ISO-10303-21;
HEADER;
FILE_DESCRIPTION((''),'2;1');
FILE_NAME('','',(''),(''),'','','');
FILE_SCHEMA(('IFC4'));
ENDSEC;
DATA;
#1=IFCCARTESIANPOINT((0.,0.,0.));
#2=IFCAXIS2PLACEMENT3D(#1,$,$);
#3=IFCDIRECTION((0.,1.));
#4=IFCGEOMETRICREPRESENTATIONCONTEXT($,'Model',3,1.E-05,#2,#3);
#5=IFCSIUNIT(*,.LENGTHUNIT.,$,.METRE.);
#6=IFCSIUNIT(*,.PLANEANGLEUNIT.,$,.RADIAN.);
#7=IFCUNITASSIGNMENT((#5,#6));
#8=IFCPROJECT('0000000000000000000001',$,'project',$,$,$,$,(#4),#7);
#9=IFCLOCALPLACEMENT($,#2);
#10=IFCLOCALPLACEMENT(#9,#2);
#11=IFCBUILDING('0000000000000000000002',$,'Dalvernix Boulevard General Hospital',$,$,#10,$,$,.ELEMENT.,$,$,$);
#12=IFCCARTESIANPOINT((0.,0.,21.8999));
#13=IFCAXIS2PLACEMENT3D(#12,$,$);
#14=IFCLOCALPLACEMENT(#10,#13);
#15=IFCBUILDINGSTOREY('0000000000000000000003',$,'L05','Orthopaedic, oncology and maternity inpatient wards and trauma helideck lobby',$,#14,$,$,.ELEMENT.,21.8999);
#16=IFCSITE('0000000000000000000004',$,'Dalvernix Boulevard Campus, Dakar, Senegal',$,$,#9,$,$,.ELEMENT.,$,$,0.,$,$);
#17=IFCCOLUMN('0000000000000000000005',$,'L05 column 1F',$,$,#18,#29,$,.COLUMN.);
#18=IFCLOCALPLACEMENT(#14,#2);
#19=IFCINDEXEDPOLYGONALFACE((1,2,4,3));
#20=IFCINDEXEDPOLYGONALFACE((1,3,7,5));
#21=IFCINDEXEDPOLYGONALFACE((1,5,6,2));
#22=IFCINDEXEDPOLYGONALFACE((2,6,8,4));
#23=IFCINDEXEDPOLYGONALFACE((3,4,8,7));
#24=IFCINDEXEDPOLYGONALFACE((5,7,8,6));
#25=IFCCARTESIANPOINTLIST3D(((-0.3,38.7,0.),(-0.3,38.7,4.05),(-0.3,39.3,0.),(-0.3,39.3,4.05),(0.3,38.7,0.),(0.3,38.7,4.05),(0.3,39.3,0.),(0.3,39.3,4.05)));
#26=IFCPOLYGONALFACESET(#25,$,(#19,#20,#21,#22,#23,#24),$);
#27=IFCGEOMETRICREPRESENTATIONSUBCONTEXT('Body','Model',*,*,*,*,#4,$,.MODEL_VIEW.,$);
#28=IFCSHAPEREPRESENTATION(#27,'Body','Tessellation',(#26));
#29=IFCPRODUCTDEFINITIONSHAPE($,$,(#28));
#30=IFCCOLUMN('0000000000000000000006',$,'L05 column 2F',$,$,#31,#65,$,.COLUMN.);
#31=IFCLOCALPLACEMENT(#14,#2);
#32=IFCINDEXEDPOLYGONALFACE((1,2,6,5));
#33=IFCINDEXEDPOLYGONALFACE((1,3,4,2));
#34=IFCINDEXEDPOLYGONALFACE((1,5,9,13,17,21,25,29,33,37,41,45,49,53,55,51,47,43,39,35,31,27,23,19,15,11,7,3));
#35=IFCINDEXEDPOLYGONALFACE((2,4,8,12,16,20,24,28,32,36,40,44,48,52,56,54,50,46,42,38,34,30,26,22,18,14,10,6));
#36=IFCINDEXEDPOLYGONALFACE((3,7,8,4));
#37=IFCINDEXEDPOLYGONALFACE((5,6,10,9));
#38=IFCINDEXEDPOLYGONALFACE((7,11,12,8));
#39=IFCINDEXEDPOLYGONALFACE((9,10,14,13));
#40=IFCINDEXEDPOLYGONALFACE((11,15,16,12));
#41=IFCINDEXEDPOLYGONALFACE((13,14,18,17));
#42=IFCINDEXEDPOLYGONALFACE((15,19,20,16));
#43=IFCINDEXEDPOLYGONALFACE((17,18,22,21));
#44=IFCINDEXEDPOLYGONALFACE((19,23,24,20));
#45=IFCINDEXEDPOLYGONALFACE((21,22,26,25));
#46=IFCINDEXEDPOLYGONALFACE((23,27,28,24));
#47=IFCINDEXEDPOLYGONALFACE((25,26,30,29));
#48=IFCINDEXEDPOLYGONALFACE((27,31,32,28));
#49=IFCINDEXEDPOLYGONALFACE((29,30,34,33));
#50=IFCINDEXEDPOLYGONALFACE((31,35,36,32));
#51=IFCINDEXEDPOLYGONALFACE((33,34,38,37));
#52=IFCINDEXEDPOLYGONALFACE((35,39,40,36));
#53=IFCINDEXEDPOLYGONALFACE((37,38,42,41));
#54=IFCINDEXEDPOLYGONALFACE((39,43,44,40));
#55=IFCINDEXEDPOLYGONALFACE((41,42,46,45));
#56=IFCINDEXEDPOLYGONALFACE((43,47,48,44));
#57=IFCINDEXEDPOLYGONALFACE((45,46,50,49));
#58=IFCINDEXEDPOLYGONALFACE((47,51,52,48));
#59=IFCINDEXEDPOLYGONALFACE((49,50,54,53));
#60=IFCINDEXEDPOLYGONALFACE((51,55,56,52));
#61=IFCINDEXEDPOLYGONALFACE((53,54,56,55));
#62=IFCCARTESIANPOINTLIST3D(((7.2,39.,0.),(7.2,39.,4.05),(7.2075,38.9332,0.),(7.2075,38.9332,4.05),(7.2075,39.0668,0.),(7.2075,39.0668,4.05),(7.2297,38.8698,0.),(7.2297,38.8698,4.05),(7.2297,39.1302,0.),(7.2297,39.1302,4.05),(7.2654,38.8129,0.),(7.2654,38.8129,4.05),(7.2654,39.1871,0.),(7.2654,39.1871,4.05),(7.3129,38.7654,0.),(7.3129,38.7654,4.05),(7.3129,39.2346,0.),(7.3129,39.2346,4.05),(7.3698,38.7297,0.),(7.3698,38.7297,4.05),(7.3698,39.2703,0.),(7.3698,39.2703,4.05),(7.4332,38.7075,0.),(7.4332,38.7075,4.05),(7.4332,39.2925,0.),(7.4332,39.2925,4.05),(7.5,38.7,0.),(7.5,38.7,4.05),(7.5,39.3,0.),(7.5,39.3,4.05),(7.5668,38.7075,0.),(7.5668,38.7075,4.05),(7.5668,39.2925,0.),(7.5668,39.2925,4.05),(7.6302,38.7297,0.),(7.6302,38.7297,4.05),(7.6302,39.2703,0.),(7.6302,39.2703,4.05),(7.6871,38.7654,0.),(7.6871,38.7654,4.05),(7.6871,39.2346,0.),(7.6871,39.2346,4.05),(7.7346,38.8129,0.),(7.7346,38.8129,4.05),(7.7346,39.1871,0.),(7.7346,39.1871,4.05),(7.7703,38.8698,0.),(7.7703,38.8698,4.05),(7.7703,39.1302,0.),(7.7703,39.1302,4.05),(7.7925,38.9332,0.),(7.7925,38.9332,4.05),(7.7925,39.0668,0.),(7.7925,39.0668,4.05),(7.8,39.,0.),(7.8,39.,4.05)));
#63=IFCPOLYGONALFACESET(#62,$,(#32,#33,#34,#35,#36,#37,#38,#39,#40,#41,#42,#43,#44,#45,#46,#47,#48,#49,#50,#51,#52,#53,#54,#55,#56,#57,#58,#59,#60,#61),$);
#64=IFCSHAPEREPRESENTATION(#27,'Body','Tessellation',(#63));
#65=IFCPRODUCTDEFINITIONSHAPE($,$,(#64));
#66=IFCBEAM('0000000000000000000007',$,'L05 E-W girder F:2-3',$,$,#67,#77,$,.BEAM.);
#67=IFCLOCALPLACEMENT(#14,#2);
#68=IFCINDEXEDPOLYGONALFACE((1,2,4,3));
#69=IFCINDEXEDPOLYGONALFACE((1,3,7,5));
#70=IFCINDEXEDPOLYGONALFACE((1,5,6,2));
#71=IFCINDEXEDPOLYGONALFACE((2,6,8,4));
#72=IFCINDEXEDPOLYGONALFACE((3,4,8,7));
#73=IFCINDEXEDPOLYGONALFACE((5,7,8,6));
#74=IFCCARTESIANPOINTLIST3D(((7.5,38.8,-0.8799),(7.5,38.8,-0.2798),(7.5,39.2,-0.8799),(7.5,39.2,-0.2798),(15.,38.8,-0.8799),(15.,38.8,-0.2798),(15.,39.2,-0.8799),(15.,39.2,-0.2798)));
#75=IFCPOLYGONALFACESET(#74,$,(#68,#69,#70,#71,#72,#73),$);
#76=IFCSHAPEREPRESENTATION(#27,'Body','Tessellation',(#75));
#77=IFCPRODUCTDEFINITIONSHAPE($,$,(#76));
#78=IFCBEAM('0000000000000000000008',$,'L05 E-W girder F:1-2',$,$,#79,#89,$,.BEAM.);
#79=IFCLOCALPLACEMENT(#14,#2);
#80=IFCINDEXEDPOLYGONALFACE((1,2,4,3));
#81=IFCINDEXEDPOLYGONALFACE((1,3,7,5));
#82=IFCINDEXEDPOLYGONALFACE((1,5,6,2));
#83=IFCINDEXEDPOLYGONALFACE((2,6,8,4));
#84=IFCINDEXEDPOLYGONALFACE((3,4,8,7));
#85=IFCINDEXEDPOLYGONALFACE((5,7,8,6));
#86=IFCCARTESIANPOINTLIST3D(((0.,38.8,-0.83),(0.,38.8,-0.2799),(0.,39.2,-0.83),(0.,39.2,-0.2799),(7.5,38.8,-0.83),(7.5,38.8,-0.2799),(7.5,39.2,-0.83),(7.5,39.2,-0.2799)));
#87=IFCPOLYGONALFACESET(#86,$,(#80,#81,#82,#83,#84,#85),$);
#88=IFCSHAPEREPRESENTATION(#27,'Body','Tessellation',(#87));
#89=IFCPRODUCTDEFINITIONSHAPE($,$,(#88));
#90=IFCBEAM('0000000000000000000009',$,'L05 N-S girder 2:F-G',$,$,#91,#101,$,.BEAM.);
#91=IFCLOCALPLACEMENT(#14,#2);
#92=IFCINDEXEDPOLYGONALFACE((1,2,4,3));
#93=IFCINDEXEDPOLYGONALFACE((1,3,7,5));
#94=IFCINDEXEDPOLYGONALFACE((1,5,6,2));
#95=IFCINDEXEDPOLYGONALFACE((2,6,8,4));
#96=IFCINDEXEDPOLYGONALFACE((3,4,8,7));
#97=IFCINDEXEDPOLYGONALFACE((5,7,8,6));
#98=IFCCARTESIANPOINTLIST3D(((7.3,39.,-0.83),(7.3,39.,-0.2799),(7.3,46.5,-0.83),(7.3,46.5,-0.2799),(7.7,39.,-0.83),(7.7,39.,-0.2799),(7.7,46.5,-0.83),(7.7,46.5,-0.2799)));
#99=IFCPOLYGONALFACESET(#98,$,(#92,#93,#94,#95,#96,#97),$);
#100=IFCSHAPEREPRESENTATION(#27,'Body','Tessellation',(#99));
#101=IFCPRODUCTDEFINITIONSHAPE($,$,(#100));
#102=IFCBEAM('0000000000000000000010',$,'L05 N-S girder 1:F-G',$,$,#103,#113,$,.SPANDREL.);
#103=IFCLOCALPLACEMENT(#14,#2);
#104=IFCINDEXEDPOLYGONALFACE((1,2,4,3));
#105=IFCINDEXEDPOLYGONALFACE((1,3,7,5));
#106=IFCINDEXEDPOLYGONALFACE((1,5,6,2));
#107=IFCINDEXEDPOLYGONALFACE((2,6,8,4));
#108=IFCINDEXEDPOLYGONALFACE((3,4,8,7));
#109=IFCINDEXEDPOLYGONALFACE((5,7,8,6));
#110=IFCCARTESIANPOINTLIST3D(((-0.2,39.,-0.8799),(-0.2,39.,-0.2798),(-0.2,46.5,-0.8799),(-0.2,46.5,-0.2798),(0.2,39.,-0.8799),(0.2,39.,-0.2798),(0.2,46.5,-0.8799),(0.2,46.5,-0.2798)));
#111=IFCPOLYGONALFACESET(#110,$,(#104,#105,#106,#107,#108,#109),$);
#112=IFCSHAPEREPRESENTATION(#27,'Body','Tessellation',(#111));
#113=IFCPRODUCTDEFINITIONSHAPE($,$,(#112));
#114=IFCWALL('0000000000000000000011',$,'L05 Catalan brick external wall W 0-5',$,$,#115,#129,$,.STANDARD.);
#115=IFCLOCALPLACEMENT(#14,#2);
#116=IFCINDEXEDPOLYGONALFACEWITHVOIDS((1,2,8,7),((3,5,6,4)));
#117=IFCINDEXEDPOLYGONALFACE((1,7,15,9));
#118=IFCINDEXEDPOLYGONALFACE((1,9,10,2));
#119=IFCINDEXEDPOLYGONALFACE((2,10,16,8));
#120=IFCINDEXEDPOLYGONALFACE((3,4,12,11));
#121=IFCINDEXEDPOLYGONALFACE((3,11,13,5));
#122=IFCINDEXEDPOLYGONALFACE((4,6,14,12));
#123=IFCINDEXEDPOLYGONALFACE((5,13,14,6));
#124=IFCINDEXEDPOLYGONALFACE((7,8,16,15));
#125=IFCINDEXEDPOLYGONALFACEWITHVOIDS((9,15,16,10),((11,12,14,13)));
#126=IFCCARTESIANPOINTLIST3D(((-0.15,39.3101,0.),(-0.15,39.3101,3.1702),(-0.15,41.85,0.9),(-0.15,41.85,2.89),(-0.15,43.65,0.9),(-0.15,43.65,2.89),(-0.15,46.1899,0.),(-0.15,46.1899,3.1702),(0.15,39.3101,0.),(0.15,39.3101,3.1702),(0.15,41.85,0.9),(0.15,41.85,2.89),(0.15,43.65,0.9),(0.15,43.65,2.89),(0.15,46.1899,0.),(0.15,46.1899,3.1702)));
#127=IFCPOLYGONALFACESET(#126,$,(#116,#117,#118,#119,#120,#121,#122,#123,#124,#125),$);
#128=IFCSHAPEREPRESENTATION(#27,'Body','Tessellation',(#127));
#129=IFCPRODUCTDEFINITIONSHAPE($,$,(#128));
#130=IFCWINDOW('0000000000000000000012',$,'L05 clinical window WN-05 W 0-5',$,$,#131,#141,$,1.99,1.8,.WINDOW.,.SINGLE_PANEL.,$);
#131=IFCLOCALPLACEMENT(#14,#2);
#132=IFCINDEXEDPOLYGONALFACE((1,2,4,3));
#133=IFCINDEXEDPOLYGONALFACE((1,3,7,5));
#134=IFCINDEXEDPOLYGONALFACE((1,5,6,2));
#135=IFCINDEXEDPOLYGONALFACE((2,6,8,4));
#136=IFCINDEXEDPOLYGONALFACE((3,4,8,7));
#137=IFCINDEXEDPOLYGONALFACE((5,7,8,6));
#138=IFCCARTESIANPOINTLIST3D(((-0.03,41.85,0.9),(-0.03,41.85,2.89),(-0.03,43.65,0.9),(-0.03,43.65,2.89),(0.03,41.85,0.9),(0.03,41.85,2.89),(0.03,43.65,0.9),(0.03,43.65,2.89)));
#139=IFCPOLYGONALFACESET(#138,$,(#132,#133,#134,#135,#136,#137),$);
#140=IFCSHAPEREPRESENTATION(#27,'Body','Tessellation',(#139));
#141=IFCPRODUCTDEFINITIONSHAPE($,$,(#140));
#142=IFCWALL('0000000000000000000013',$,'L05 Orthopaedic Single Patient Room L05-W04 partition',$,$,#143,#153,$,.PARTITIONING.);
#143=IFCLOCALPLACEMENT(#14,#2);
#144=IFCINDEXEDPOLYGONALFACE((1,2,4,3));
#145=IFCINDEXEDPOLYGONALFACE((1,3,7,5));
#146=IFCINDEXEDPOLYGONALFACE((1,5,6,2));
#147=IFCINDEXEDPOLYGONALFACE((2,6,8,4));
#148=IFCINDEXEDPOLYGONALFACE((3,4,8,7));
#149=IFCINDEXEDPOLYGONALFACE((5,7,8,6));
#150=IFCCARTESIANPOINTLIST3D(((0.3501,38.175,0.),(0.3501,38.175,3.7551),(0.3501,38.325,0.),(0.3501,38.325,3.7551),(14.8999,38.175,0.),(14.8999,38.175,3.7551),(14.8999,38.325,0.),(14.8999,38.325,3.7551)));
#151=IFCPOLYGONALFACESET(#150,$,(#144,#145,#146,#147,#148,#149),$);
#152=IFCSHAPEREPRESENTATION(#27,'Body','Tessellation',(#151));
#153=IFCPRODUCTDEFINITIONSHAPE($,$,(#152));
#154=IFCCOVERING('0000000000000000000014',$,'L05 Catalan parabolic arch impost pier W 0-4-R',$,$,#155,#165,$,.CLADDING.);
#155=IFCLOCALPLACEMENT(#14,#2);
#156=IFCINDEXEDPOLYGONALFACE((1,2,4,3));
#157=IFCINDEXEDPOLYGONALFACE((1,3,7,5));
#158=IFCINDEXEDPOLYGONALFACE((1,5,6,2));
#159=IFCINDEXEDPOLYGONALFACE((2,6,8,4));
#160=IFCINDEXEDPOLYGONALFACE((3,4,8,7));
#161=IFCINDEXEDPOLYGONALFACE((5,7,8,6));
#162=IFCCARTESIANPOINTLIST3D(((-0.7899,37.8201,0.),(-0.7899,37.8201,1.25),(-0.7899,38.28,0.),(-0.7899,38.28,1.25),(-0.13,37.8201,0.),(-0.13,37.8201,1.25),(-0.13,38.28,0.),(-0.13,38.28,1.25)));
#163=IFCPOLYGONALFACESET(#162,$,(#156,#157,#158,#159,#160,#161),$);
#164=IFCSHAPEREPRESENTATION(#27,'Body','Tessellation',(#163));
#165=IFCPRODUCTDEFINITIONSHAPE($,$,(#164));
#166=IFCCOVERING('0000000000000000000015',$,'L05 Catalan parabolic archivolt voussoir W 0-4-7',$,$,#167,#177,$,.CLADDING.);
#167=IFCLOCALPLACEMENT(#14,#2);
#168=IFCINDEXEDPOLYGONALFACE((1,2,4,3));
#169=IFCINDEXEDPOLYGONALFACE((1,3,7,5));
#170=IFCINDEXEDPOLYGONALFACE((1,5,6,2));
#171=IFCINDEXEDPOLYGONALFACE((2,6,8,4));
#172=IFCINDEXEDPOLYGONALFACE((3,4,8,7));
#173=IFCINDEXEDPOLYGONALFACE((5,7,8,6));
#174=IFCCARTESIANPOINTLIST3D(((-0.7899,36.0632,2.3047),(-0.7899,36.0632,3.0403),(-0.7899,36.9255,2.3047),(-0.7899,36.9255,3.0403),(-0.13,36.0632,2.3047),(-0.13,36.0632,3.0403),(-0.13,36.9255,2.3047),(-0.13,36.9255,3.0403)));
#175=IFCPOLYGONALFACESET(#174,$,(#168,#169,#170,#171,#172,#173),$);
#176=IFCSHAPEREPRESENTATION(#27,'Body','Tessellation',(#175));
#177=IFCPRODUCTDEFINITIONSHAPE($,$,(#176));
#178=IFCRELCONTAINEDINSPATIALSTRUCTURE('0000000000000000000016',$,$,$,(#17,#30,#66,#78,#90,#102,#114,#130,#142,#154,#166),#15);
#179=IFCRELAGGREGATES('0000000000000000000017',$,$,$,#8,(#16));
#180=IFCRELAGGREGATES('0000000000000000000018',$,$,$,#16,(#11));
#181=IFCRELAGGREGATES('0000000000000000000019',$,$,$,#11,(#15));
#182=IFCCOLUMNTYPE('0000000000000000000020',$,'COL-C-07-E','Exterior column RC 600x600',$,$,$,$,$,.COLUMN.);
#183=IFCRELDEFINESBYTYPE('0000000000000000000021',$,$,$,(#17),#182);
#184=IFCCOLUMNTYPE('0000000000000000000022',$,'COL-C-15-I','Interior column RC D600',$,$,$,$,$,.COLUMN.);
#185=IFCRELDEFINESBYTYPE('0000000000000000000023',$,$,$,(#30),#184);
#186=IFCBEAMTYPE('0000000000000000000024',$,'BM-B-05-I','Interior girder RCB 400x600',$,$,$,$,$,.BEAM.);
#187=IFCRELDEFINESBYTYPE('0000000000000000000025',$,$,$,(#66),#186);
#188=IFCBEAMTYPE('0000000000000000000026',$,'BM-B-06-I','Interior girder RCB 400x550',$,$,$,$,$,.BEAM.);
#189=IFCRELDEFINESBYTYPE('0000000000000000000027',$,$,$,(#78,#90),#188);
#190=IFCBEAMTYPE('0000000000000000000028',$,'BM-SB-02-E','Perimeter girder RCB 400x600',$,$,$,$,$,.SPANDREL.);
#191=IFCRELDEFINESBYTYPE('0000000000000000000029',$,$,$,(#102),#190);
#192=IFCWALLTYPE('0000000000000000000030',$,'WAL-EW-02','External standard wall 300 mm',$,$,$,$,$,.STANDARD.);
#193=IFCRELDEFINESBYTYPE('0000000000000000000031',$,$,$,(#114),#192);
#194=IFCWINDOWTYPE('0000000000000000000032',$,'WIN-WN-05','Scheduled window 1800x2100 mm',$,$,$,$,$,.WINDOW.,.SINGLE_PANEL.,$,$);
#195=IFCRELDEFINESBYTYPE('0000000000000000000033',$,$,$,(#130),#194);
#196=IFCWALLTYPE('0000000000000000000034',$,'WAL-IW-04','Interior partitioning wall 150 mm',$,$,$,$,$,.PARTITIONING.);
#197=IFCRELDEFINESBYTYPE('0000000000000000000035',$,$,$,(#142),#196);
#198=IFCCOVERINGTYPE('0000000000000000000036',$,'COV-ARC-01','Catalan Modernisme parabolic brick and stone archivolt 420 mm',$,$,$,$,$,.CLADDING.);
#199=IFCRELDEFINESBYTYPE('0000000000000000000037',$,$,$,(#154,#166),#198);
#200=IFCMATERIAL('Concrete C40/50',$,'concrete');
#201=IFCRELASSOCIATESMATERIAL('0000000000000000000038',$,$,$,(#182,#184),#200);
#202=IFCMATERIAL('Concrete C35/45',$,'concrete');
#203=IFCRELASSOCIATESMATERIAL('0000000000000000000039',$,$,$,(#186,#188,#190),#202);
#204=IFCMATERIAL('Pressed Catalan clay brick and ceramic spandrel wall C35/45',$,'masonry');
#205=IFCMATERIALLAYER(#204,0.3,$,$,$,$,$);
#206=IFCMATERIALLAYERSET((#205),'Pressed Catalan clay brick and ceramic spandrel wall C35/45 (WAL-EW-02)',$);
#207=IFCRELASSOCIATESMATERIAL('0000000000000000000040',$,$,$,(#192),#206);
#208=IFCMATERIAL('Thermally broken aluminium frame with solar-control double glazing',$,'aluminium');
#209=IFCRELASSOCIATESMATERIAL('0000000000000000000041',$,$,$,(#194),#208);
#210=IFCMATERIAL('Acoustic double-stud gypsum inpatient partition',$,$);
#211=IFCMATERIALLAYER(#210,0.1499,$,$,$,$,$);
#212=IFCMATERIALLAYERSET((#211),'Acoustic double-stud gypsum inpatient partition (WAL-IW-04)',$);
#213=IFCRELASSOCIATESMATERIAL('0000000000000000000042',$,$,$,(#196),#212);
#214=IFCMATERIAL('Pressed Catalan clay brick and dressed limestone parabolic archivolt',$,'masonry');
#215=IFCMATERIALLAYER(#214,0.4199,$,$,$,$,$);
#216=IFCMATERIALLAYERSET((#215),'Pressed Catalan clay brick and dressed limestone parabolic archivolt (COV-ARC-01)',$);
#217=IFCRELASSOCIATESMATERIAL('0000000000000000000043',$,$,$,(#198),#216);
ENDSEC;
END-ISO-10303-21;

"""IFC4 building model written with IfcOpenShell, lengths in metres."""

from ifc_helpers import new_model, si_unit, direction, frame, frame_2d, origin, origin_2d, place, context, subcontext, project, spatial, rectangle, circle, extrude, material, layer, layer_set, material_profile, profile_set, type_object, element, fill, save


model = new_model("IFC4")

# Units and contexts
model_context = context("Model", 3, precision=1e-05, world=origin(), true_north=direction((0.0, 1.0)))
body_context = subcontext(model_context, "Body", "Model", "MODEL_VIEW")
ifc_project = project(units=[si_unit("LENGTHUNIT", "METRE"), si_unit("PLANEANGLEUNIT", "RADIAN")], contexts=[model_context])

# Site, building, storey
site_placement = place(None, origin())
site = spatial("IfcSite", under=ifc_project, at=site_placement, Name="Dalvernix Boulevard Campus, Dakar, Senegal", CompositionType="ELEMENT", RefElevation=0.0)
building_placement = place(site_placement, origin())
building = spatial("IfcBuilding", under=site, at=building_placement, Name="Dalvernix Boulevard General Hospital", CompositionType="ELEMENT")
storey_placement = place(building_placement, frame((0.0, 0.0, 21.8999)))
storey = spatial("IfcBuildingStorey", under=building, at=storey_placement, Name="L05", Description="Orthopaedic, oncology and maternity inpatient wards and trauma helideck lobby", CompositionType="ELEMENT", Elevation=21.8999)

# Columns
ifc_material_1 = material(Name="Concrete C40/50", Category="concrete")
ifc_material_profile_1 = material_profile(ifc_material_1, rectangle(XDim=0.6001, YDim=0.6001, at=origin_2d()), Name="RC 600x600")
ifc_profile_set_1 = profile_set([ifc_material_profile_1], Name="Concrete C40/50")
column_type_1 = type_object("IfcColumnType", Name="COL-C-07-E", Description="Exterior column RC 600x600", PredefinedType="COLUMN", material=ifc_profile_set_1)
column_1_placement = place(storey_placement, frame((0.0, 39.0, 0.0), z_axis=(0.0, 0.0, 1.0), x_axis=(1.0, 0.0, 0.0)))
element("IfcColumn", 1, at=column_1_placement, inside=storey, type_object=column_type_1, Name="L05 column 1F", PredefinedType="COLUMN", context=body_context, shape_type="SweptSolid", body=[
    extrude(rectangle(XDim=0.6001, YDim=0.6001, at=origin_2d()), origin(), (0.0, 0.0, 1.0), 4.05),
])
ifc_material_profile_2 = material_profile(ifc_material_1, circle(Radius=0.3, at=origin_2d()), Name="RC D600")
ifc_profile_set_2 = profile_set([ifc_material_profile_2], Name="Concrete C40/50")
column_type_2 = type_object("IfcColumnType", Name="COL-C-15-I", Description="Interior column RC D600", PredefinedType="COLUMN", material=ifc_profile_set_2)
column_2_placement = place(storey_placement, frame((7.5, 39.0, 0.0), z_axis=(0.0, 0.0, 1.0), x_axis=(1.0, 0.0, 0.0)))
element("IfcColumn", 2, at=column_2_placement, inside=storey, type_object=column_type_2, Name="L05 column 2F", PredefinedType="COLUMN", context=body_context, shape_type="SweptSolid", body=[
    extrude(circle(Radius=0.3, at=origin_2d()), origin(), (0.0, 0.0, 1.0), 4.05),
])

# Beams
ifc_material_2 = material(Name="Concrete C35/45", Category="concrete")
ifc_material_profile_3 = material_profile(ifc_material_2, rectangle(XDim=0.3999, YDim=0.6001, at=origin_2d()), Name="RCB 400x600")
ifc_profile_set_3 = profile_set([ifc_material_profile_3], Name="Concrete C35/45")
beam_type_1 = type_object("IfcBeamType", Name="BM-B-05-I", Description="Interior girder RCB 400x600", PredefinedType="BEAM", material=ifc_profile_set_3)
beam_1_placement = place(storey_placement, frame((7.5, 39.0, -0.5798), z_axis=(1.0, 0.0, 0.0), x_axis=(0.0, 1.0, 0.0)))
element("IfcBeam", 3, at=beam_1_placement, inside=storey, type_object=beam_type_1, Name="L05 E-W girder F:2-3", PredefinedType="BEAM", context=body_context, shape_type="SweptSolid", body=[
    extrude(rectangle(XDim=0.3999, YDim=0.6001, at=origin_2d()), origin(), (0.0, 0.0, 1.0), 7.5),
])
ifc_material_profile_4 = material_profile(ifc_material_2, rectangle(XDim=0.3999, YDim=0.55, at=origin_2d()), Name="RCB 400x550")
ifc_profile_set_4 = profile_set([ifc_material_profile_4], Name="Concrete C35/45")
beam_type_2 = type_object("IfcBeamType", Name="BM-B-06-I", Description="Interior girder RCB 400x550", PredefinedType="BEAM", material=ifc_profile_set_4)
for number, where, z_axis, x_axis, name in (
    (4, (0.0, 39.0, -0.5549), (1.0, 0.0, 0.0), (0.0, 1.0, 0.0), "L05 E-W girder F:1-2"),
    (5, (7.5, 39.0, -0.5549), (0.0, 1.0, 0.0), (-1.0, 0.0, 0.0), "L05 N-S girder 2:F-G"),
):
    element("IfcBeam", number, at=place(storey_placement, frame(where, z_axis=z_axis, x_axis=x_axis)), inside=storey, type_object=beam_type_2, Name=name, PredefinedType="BEAM", context=body_context, shape_type="SweptSolid", body=[
        extrude(rectangle(XDim=0.3999, YDim=0.55, at=origin_2d()), origin(), (0.0, 0.0, 1.0), 7.5),
    ])
ifc_material_profile_5 = material_profile(ifc_material_2, rectangle(XDim=0.3999, YDim=0.6001, at=origin_2d()), Name="RCB 400x600")
ifc_profile_set_5 = profile_set([ifc_material_profile_5], Name="Concrete C35/45")
beam_type_3 = type_object("IfcBeamType", Name="BM-SB-02-E", Description="Perimeter girder RCB 400x600", PredefinedType="SPANDREL", material=ifc_profile_set_5)
beam_2_placement = place(storey_placement, frame((0.0, 39.0, -0.5798), z_axis=(0.0, 1.0, 0.0), x_axis=(-1.0, 0.0, 0.0)))
element("IfcBeam", 6, at=beam_2_placement, inside=storey, type_object=beam_type_3, Name="L05 N-S girder 1:F-G", PredefinedType="SPANDREL", context=body_context, shape_type="SweptSolid", body=[
    extrude(rectangle(XDim=0.3999, YDim=0.6001, at=origin_2d()), origin(), (0.0, 0.0, 1.0), 7.5),
])

# Wall, opening, window
ifc_material_3 = material(Name="Pressed Catalan clay brick and ceramic spandrel wall C35/45", Category="masonry")
ifc_layer_1 = layer(ifc_material_3, 0.3)
ifc_layer_set_1 = layer_set([ifc_layer_1], Name="Pressed Catalan clay brick and ceramic spandrel wall C35/45 (WAL-EW-02)")
wall_type_1 = type_object("IfcWallType", Name="WAL-EW-02", Description="External standard wall 300 mm", PredefinedType="STANDARD", material=ifc_layer_set_1)
wall_1_placement = place(storey_placement, frame((0.0, 39.3101, 0.0), z_axis=(0.0, 0.0, 1.0), x_axis=(0.0, 1.0, 0.0)))
wall_1 = element("IfcWall", 7, at=wall_1_placement, inside=storey, type_object=wall_type_1, Name="L05 Catalan brick external wall W 0-5", PredefinedType="STANDARD", context=body_context, shape_type="SweptSolid", body=[
    extrude(rectangle(XDim=6.8799, YDim=0.3, at=frame_2d((3.4399, 0.0))), origin(), (0.0, 0.0, 1.0), 3.1702),
])
opening_placement = place(wall_1_placement, frame((2.54, 0.0, 0.8999)))
opening = element("IfcOpeningElement", 8, at=opening_placement, cuts=wall_1, PredefinedType="OPENING", context=body_context, shape_type="SweptSolid", body=[
    extrude(rectangle(XDim=1.8, YDim=1.99, at=frame_2d((0.8999, 0.9951))), frame((0.0, 0.1599, 0.0), z_axis=(0.0, -1.0, 0.0), x_axis=(1.0, 0.0, 0.0)), (0.0, 0.0, 1.0), 0.3201),
])
ifc_material_4 = material(Name="Thermally broken aluminium frame with solar-control double glazing", Category="aluminium")
window_type = type_object("IfcWindowType", Name="WIN-WN-05", Description="Scheduled window 1800x2100 mm", PartitioningType="SINGLE_PANEL", PredefinedType="WINDOW", material=ifc_material_4)
window_placement = place(opening_placement, origin())
window = element("IfcWindow", 9, at=window_placement, inside=storey, type_object=window_type, Name="L05 clinical window WN-05 W 0-5", OverallHeight=1.99, OverallWidth=1.8, PartitioningType="SINGLE_PANEL", PredefinedType="WINDOW", context=body_context, shape_type="SweptSolid", body=[
    extrude(rectangle(XDim=1.8, YDim=1.99, at=frame_2d((0.8999, 0.9951))), frame((0.0, 0.03, 0.0), z_axis=(0.0, -1.0, 0.0), x_axis=(1.0, 0.0, 0.0)), (0.0, 0.0, 1.0), 0.0601),
])
fill(opening, window)

# Wall
ifc_material_5 = material(Name="Acoustic double-stud gypsum inpatient partition")
ifc_layer_2 = layer(ifc_material_5, 0.1499)
ifc_layer_set_2 = layer_set([ifc_layer_2], Name="Acoustic double-stud gypsum inpatient partition (WAL-IW-04)")
wall_type_2 = type_object("IfcWallType", Name="WAL-IW-04", Description="Interior partitioning wall 150 mm", PredefinedType="PARTITIONING", material=ifc_layer_set_2)
wall_2_placement = place(storey_placement, frame((0.3501, 38.25, 0.0), z_axis=(0.0, 0.0, 1.0), x_axis=(1.0, 0.0, 0.0)))
element("IfcWall", 10, at=wall_2_placement, inside=storey, type_object=wall_type_2, Name="L05 Orthopaedic Single Patient Room L05-W04 partition", PredefinedType="PARTITIONING", context=body_context, shape_type="SweptSolid", body=[
    extrude(rectangle(XDim=14.5498, YDim=0.1499, at=frame_2d((7.2749, 0.0))), origin(), (0.0, 0.0, 1.0), 3.7551),
])

# Coverings
ifc_material_6 = material(Name="Pressed Catalan clay brick and dressed limestone parabolic archivolt", Category="masonry")
ifc_layer_3 = layer(ifc_material_6, 0.4199)
ifc_layer_set_3 = layer_set([ifc_layer_3], Name="Pressed Catalan clay brick and dressed limestone parabolic archivolt (COV-ARC-01)")
covering_type_1 = type_object("IfcCoveringType", Name="COV-ARC-01", Description="Catalan Modernisme parabolic brick and stone archivolt 420 mm", PredefinedType="CLADDING", material=ifc_layer_set_3)
covering_1_placement = place(storey_placement, frame((-0.46, 38.05, 0.0), z_axis=(0.0, 0.0, 1.0), x_axis=(0.0, 1.0, 0.0)))
element("IfcCovering", 11, at=covering_1_placement, inside=storey, type_object=covering_type_1, Name="L05 Catalan parabolic arch impost pier W 0-4-R", PredefinedType="CLADDING", context=body_context, shape_type="SweptSolid", body=[
    extrude(rectangle(XDim=0.46, YDim=0.6599, at=origin_2d()), origin(), (0.0, 0.0, 1.0), 1.25),
])
covering_2_placement = place(storey_placement, frame((-0.46, 36.4944, 2.3047), z_axis=(0.0, 0.0, 1.0), x_axis=(0.0, 1.0, 0.0)))
element("IfcCovering", 12, at=covering_2_placement, inside=storey, type_object=covering_type_1, Name="L05 Catalan parabolic archivolt voussoir W 0-4-7", PredefinedType="CLADDING", context=body_context, shape_type="SweptSolid", body=[
    extrude(rectangle(XDim=0.8623, YDim=0.6599, at=origin_2d()), origin(), (0.0, 0.0, 1.0), 0.7356),
])

save(model, "model.ifc")
